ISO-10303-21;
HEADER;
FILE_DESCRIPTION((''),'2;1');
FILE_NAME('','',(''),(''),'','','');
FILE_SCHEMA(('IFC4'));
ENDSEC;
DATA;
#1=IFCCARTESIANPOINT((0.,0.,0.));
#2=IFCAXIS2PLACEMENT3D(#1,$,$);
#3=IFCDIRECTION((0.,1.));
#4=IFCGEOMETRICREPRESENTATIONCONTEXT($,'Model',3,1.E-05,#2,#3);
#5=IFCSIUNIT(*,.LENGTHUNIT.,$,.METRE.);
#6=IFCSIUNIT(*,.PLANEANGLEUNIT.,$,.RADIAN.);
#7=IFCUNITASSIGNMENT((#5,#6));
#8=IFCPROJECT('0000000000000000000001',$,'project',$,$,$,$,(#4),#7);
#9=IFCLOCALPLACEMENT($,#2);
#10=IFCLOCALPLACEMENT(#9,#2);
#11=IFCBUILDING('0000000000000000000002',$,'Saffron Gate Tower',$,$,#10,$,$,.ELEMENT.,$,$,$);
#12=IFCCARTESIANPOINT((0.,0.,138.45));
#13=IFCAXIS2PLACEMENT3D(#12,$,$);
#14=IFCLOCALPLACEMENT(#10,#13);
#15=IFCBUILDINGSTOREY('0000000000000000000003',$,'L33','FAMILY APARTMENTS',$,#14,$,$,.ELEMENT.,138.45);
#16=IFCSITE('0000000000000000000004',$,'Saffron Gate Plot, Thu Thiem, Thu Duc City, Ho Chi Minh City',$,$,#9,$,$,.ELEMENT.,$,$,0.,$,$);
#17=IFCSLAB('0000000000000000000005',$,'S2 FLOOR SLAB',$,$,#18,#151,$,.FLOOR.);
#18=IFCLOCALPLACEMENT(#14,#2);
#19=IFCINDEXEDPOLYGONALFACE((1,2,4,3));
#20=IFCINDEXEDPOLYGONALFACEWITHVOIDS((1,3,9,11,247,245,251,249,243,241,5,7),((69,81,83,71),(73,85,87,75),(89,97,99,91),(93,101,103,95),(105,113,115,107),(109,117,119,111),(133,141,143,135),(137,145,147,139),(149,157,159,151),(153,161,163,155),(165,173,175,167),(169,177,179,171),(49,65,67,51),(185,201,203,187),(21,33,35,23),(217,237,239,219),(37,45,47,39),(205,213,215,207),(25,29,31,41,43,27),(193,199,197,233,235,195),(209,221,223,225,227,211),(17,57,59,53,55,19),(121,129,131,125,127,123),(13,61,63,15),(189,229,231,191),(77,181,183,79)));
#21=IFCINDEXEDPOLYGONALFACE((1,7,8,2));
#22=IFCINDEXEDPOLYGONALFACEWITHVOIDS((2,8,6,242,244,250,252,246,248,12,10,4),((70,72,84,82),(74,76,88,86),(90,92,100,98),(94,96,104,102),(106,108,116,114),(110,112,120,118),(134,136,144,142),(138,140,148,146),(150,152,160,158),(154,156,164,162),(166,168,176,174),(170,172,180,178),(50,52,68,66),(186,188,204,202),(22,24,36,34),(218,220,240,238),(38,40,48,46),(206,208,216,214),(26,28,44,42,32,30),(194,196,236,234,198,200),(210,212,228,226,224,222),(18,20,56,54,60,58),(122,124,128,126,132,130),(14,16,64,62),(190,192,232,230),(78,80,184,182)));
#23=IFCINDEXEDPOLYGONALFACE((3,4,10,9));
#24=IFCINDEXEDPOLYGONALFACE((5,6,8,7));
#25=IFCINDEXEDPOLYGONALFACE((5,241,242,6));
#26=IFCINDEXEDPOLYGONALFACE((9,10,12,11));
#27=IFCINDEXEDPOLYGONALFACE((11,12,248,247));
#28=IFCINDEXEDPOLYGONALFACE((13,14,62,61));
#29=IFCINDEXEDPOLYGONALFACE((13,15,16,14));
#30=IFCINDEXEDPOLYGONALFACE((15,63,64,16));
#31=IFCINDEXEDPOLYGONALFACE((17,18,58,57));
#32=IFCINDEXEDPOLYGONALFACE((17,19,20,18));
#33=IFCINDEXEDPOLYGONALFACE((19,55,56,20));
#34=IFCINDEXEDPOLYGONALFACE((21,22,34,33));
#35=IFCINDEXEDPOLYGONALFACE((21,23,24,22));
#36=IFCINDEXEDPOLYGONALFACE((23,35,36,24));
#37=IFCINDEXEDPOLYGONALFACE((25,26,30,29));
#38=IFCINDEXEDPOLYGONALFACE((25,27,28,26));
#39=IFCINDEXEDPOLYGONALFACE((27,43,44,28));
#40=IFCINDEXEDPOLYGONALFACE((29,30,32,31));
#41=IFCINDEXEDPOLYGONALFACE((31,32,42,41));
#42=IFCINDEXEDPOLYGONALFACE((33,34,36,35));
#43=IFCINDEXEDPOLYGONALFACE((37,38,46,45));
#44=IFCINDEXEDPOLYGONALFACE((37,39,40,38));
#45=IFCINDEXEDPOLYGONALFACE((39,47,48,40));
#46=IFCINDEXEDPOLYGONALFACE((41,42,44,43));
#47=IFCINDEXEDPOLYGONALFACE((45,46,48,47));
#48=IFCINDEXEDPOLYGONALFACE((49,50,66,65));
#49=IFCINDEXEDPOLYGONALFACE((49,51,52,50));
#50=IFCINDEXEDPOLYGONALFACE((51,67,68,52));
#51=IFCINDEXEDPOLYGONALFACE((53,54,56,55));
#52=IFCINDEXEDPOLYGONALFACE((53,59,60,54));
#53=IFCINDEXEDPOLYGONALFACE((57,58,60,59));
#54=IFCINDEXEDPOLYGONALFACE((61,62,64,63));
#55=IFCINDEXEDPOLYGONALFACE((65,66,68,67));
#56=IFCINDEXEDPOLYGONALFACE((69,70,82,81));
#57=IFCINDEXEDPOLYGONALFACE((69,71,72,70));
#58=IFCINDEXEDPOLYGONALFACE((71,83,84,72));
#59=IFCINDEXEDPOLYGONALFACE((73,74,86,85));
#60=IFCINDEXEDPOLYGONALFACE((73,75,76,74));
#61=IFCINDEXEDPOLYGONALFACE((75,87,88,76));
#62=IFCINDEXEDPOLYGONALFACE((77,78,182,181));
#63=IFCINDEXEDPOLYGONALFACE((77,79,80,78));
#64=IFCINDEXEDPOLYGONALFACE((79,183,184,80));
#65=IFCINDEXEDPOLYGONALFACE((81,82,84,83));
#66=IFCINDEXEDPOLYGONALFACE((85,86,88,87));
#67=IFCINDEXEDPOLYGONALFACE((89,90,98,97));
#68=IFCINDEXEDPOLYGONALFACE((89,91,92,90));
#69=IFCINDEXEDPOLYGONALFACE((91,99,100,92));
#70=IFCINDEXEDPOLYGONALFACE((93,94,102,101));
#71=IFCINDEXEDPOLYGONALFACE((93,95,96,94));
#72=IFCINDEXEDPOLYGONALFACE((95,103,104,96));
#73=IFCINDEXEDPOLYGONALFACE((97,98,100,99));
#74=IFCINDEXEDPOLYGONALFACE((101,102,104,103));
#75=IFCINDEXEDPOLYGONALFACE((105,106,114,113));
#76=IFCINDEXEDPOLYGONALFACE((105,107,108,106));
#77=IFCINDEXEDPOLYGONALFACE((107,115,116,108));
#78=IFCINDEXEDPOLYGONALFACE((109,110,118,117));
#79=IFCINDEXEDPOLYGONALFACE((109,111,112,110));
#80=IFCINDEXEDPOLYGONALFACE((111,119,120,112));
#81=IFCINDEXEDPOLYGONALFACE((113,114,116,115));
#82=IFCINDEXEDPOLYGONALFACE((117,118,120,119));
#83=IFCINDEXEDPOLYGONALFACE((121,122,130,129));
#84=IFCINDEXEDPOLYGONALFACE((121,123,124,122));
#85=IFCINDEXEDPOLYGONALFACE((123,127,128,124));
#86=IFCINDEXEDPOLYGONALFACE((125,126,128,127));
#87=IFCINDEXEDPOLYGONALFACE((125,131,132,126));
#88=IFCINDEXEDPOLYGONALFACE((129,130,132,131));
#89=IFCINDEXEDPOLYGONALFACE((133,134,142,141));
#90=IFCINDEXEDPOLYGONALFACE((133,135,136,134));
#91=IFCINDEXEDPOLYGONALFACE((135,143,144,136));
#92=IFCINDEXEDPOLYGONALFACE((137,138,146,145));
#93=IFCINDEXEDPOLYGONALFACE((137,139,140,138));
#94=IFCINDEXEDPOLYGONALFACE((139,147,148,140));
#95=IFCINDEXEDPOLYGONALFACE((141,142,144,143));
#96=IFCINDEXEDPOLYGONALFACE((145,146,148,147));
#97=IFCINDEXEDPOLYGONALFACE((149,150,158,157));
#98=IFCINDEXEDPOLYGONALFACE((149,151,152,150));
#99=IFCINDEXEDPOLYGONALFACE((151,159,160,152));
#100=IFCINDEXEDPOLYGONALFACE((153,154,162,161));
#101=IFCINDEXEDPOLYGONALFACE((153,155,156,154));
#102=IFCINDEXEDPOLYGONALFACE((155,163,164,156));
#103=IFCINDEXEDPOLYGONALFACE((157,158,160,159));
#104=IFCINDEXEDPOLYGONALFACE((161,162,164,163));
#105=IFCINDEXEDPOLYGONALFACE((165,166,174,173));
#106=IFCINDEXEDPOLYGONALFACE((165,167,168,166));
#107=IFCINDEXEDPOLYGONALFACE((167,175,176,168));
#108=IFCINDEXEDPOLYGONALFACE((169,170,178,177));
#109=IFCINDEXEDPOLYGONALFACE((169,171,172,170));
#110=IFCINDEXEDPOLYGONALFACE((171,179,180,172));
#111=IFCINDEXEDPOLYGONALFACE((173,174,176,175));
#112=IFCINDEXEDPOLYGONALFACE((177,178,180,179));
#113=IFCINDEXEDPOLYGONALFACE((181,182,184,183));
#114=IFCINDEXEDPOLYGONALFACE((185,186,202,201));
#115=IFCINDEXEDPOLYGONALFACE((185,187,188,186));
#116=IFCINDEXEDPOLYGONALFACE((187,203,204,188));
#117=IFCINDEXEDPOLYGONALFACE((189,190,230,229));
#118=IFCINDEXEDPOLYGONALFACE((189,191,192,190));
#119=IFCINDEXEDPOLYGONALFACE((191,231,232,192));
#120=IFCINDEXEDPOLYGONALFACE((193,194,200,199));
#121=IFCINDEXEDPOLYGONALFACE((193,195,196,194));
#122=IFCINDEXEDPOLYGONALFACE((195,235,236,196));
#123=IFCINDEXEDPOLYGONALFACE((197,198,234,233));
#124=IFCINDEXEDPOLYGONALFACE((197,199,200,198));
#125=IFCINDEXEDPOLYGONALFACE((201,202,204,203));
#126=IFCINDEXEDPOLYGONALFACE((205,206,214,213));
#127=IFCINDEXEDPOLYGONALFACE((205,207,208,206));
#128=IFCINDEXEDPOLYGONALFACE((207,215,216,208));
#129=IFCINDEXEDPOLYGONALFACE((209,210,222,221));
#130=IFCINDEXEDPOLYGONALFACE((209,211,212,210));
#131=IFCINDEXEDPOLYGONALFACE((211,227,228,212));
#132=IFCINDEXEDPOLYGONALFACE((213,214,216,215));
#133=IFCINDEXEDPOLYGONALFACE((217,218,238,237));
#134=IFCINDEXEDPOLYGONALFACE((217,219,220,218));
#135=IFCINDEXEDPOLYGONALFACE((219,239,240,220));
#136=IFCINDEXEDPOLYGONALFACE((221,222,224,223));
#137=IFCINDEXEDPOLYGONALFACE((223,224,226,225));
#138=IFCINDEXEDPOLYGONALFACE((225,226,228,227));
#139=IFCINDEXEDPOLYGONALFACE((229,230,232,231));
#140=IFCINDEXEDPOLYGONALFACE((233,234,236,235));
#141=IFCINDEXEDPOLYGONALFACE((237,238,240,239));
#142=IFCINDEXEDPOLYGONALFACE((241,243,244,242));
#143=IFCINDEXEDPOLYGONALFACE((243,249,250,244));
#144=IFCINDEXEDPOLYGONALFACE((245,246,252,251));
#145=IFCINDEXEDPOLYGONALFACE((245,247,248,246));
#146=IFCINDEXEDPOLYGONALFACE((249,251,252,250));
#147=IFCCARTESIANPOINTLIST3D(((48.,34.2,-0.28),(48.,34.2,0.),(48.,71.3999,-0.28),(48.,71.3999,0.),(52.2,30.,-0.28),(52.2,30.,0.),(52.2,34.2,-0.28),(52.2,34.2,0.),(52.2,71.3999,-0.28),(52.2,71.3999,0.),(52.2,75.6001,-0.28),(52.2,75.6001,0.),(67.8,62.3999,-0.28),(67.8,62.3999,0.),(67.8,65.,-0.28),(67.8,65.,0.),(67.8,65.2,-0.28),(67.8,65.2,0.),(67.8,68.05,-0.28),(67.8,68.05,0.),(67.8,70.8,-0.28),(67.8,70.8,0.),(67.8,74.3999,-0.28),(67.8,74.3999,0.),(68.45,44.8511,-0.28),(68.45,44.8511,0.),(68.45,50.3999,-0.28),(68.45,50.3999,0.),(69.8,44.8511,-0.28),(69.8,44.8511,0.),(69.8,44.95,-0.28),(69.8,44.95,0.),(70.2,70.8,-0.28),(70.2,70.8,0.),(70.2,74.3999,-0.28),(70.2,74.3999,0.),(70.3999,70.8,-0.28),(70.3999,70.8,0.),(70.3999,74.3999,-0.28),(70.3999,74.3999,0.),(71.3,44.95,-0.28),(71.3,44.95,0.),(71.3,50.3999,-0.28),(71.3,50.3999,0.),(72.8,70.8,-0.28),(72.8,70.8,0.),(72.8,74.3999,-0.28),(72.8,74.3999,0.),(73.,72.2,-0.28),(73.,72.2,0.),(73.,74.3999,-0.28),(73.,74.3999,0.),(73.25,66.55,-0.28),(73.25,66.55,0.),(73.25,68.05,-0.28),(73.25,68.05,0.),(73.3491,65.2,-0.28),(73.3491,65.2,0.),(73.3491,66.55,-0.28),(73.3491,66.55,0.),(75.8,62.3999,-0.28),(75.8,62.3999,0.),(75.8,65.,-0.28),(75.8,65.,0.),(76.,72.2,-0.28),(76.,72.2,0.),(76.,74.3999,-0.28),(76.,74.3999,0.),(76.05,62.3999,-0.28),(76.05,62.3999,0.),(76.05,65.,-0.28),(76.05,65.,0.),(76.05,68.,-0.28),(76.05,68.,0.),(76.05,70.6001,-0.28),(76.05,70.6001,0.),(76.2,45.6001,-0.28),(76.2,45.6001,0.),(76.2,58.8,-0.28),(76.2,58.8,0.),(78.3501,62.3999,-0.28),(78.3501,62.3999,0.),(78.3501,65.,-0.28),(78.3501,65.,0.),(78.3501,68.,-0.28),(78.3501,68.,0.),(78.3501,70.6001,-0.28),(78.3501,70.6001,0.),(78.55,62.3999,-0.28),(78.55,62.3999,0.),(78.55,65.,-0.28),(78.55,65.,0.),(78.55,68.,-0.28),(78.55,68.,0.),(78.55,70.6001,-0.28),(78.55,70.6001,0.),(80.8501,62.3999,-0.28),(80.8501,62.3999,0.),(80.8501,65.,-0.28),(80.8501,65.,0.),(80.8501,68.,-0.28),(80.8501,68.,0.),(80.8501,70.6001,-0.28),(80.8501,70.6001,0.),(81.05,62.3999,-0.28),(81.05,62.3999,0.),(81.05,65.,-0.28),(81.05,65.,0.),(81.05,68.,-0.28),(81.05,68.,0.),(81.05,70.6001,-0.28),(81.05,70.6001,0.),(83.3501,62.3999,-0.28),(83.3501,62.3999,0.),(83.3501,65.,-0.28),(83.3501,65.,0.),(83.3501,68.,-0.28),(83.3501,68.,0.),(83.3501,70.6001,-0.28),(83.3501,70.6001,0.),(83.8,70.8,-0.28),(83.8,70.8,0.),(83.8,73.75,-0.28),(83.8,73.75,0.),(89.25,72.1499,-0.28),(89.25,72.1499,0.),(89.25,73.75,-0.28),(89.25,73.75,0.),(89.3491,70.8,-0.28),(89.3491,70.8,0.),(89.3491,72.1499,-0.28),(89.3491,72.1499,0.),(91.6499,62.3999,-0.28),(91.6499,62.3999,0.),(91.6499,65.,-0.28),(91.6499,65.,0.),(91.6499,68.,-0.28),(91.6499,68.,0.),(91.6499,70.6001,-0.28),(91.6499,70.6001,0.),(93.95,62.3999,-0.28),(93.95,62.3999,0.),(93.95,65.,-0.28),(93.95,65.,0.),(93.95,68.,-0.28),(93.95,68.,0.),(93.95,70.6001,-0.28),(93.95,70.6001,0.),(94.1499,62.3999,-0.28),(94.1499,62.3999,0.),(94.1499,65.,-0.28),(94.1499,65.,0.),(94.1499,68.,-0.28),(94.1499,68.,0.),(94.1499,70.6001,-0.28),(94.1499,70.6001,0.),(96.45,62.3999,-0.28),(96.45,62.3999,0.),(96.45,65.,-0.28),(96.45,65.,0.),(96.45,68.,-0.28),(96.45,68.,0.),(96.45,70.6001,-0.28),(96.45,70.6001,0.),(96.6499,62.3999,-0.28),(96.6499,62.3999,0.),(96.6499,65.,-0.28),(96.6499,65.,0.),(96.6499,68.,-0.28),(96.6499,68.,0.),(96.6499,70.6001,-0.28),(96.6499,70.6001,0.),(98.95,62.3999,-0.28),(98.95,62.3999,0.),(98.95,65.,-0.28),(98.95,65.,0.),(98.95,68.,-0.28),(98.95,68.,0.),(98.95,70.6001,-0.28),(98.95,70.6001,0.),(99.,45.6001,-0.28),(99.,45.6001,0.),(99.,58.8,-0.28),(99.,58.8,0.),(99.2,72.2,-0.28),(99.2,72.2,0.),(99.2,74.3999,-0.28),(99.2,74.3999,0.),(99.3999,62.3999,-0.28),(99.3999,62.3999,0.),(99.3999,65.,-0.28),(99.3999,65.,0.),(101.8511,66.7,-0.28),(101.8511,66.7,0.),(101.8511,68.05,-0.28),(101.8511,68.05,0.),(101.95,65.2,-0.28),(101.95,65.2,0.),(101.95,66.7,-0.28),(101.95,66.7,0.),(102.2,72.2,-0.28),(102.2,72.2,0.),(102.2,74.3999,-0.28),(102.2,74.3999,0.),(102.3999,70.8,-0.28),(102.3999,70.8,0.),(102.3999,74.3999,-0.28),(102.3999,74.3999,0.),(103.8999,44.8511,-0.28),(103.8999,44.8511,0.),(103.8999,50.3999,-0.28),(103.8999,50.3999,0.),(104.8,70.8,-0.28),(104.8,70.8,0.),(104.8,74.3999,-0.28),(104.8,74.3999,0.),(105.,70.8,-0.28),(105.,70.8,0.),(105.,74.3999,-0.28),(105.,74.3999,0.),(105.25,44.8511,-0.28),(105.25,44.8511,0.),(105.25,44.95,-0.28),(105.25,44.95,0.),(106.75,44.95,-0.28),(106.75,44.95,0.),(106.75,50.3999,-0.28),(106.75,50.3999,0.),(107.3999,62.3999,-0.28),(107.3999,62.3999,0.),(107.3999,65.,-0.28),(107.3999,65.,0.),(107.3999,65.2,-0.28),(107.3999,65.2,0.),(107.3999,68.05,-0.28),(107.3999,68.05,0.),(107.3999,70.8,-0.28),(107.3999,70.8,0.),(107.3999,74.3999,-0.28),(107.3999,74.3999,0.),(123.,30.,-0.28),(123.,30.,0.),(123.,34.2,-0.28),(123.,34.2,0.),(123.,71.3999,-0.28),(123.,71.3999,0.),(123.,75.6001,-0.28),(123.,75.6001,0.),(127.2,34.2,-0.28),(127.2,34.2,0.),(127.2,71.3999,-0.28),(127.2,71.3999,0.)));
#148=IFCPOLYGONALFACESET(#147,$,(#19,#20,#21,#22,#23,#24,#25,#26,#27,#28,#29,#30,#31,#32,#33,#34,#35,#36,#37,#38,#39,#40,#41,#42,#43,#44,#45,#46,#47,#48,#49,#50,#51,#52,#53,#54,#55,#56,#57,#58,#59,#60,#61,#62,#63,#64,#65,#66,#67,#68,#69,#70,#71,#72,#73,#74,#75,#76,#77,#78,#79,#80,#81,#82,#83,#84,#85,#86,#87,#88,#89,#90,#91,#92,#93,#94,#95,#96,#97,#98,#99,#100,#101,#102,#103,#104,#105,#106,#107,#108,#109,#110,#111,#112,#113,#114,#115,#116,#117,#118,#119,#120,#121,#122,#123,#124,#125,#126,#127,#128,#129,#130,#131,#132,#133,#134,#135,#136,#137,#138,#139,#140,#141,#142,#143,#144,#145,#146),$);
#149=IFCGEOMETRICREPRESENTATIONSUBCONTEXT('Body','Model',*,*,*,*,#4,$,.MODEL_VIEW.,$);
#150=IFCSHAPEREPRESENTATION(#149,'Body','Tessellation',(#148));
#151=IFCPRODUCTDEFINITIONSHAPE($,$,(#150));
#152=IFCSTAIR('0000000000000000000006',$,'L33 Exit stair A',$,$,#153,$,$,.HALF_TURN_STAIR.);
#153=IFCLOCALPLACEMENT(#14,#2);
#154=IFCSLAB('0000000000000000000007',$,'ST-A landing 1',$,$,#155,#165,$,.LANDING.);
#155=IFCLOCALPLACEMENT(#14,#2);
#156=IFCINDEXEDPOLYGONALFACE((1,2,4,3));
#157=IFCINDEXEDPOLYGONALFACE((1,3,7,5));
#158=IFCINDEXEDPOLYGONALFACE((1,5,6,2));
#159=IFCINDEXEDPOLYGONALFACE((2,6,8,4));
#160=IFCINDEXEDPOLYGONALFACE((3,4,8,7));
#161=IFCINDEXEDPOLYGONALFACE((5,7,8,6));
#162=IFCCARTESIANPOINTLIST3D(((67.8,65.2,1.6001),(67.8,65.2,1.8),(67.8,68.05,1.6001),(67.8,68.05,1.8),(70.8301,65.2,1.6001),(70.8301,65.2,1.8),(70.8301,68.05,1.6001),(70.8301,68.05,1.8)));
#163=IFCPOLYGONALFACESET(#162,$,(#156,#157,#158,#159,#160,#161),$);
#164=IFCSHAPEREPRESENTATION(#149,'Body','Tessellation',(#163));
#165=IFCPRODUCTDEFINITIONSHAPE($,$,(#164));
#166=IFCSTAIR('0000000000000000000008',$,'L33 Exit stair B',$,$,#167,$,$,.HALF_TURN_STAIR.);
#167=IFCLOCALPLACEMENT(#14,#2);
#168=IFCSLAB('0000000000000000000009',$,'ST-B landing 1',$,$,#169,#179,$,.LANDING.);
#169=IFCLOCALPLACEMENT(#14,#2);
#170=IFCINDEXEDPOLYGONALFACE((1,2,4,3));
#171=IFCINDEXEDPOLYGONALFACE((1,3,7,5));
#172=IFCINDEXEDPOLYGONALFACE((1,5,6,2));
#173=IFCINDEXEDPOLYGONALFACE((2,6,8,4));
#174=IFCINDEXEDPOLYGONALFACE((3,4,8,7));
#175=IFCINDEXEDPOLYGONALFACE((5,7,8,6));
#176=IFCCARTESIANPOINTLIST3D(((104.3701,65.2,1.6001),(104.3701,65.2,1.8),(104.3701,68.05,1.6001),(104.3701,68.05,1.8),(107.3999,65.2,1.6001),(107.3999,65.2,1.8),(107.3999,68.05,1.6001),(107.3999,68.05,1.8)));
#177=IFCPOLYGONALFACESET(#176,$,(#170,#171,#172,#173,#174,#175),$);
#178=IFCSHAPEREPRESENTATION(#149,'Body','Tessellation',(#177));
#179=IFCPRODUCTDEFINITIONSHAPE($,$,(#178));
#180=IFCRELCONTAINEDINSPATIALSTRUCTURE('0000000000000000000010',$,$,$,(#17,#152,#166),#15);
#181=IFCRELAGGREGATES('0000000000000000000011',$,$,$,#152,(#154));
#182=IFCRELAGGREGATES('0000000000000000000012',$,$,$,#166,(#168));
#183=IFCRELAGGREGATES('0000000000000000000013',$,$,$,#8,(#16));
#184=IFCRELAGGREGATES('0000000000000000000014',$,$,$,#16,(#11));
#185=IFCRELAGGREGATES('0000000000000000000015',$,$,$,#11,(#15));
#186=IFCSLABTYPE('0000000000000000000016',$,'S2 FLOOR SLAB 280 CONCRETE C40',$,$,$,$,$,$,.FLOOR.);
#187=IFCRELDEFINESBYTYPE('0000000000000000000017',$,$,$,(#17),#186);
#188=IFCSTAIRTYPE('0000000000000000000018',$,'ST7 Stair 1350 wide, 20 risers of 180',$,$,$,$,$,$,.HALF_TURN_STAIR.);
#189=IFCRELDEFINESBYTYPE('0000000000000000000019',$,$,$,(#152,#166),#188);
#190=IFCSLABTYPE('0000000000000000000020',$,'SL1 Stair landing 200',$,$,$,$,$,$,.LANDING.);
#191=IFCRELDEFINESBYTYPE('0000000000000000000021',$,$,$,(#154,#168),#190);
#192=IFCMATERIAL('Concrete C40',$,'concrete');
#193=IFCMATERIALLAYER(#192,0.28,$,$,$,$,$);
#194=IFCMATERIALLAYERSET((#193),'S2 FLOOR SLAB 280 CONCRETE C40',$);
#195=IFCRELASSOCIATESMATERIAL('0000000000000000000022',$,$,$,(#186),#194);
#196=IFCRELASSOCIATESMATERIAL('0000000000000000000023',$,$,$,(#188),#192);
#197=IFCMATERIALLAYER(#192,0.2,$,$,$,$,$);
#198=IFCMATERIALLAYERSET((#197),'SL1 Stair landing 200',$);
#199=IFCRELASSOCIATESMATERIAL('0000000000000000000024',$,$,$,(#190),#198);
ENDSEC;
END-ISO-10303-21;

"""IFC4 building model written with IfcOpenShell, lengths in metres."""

from ifc_helpers import new_model, si_unit, direction, frame, origin, place, context, subcontext, project, spatial, polyline, outline, extrude, material, layer, layer_set, type_object, element, aggregate, save


model = new_model("IFC4")

# Units and contexts
model_context = context("Model", 3, precision=1e-05, world=origin(), true_north=direction((0.0, 1.0)))
body_context = subcontext(model_context, "Body", "Model", "MODEL_VIEW")
ifc_project = project(units=[si_unit("LENGTHUNIT", "METRE"), si_unit("PLANEANGLEUNIT", "RADIAN")], contexts=[model_context])

# Site, building, storey
site_placement = place(None, origin())
site = spatial("IfcSite", under=ifc_project, at=site_placement, Name="Saffron Gate Plot, Thu Thiem, Thu Duc City, Ho Chi Minh City", CompositionType="ELEMENT", RefElevation=0.0)
building_placement = place(site_placement, origin())
building = spatial("IfcBuilding", under=site, at=building_placement, Name="Saffron Gate Tower", CompositionType="ELEMENT")
storey_placement = place(building_placement, frame((0.0, 0.0, 138.45)))
storey = spatial("IfcBuildingStorey", under=building, at=storey_placement, Name="L33", Description="FAMILY APARTMENTS", CompositionType="ELEMENT", Elevation=138.45)

# Slab
ifc_material_1 = material(Name="Concrete C40", Category="concrete")
ifc_layer_1 = layer(ifc_material_1, 0.28)
ifc_layer_set_1 = layer_set([ifc_layer_1], Name="S2 FLOOR SLAB 280 CONCRETE C40")
slab_type_1 = type_object("IfcSlabType", Name="S2 FLOOR SLAB 280 CONCRETE C40", PredefinedType="FLOOR", material=ifc_layer_set_1)
slab_1_placement = place(storey_placement, frame((0.0, 0.0, -0.28)))
element("IfcSlab", 1, at=slab_1_placement, inside=storey, type_object=slab_type_1, Name="S2 FLOOR SLAB", PredefinedType="FLOOR", context=body_context, shape_type="SweptSolid", body=[
    extrude(outline(polyline([(48.0, 34.2), (52.2, 34.2), (52.2, 30.0), (123.0, 30.0), (123.0, 34.2), (127.2, 34.2), (127.2, 71.3999), (123.0, 71.3999), (123.0, 75.6001), (52.2, 75.6001), (52.2, 71.3999), (48.0, 71.3999), (48.0, 34.2)]), holes=[polyline([(67.8, 62.3999), (67.8, 65.0), (75.8, 65.0), (75.8, 62.3999), (67.8, 62.3999)]), polyline([(67.8, 65.2), (67.8, 68.05), (73.25, 68.05), (73.25, 66.55), (73.3491, 66.55), (73.3491, 65.2), (67.8, 65.2)]), polyline([(67.8, 70.8), (67.8, 74.3999), (70.2, 74.3999), (70.2, 70.8), (67.8, 70.8)]), polyline([(68.45, 44.8511), (68.45, 50.3999), (71.3, 50.3999), (71.3, 44.95), (69.8, 44.95), (69.8, 44.8511), (68.45, 44.8511)]), polyline([(70.3999, 70.8), (70.3999, 74.3999), (72.8, 74.3999), (72.8, 70.8), (70.3999, 70.8)]), polyline([(73.0, 72.2), (73.0, 74.3999), (76.0, 74.3999), (76.0, 72.2), (73.0, 72.2)]), polyline([(76.05, 62.3999), (76.05, 65.0), (78.3501, 65.0), (78.3501, 62.3999), (76.05, 62.3999)]), polyline([(76.05, 68.0), (76.05, 70.6001), (78.3501, 70.6001), (78.3501, 68.0), (76.05, 68.0)]), polyline([(76.2, 45.6001), (76.2, 58.8), (99.0, 58.8), (99.0, 45.6001), (76.2, 45.6001)]), polyline([(78.55, 62.3999), (78.55, 65.0), (80.8501, 65.0), (80.8501, 62.3999), (78.55, 62.3999)]), polyline([(78.55, 68.0), (78.55, 70.6001), (80.8501, 70.6001), (80.8501, 68.0), (78.55, 68.0)]), polyline([(81.05, 62.3999), (81.05, 65.0), (83.3501, 65.0), (83.3501, 62.3999), (81.05, 62.3999)]), polyline([(81.05, 68.0), (81.05, 70.6001), (83.3501, 70.6001), (83.3501, 68.0), (81.05, 68.0)]), polyline([(83.8, 70.8), (83.8, 73.75), (89.25, 73.75), (89.25, 72.1499), (89.3491, 72.1499), (89.3491, 70.8), (83.8, 70.8)]), polyline([(91.6499, 62.3999), (91.6499, 65.0), (93.95, 65.0), (93.95, 62.3999), (91.6499, 62.3999)]), polyline([(91.6499, 68.0), (91.6499, 70.6001), (93.95, 70.6001), (93.95, 68.0), (91.6499, 68.0)]), polyline([(94.1499, 62.3999), (94.1499, 65.0), (96.45, 65.0), (96.45, 62.3999), (94.1499, 62.3999)]), polyline([(94.1499, 68.0), (94.1499, 70.6001), (96.45, 70.6001), (96.45, 68.0), (94.1499, 68.0)]), polyline([(96.6499, 62.3999), (96.6499, 65.0), (98.95, 65.0), (98.95, 62.3999), (96.6499, 62.3999)]), polyline([(96.6499, 68.0), (96.6499, 70.6001), (98.95, 70.6001), (98.95, 68.0), (96.6499, 68.0)]), polyline([(99.2, 72.2), (99.2, 74.3999), (102.2, 74.3999), (102.2, 72.2), (99.2, 72.2)]), polyline([(99.3999, 62.3999), (99.3999, 65.0), (107.3999, 65.0), (107.3999, 62.3999), (99.3999, 62.3999)]), polyline([(101.8511, 66.7), (101.8511, 68.05), (107.3999, 68.05), (107.3999, 65.2), (101.95, 65.2), (101.95, 66.7), (101.8511, 66.7)]), polyline([(102.3999, 70.8), (102.3999, 74.3999), (104.8, 74.3999), (104.8, 70.8), (102.3999, 70.8)]), polyline([(103.8999, 44.8511), (103.8999, 50.3999), (106.75, 50.3999), (106.75, 44.95), (105.25, 44.95), (105.25, 44.8511), (103.8999, 44.8511)]), polyline([(105.0, 70.8), (105.0, 74.3999), (107.3999, 74.3999), (107.3999, 70.8), (105.0, 70.8)])]), origin(), (0.0, 0.0, 1.0), 0.28),
])

# Stairs, slabs
stair_type = type_object("IfcStairType", Name="ST7 Stair 1350 wide, 20 risers of 180", PredefinedType="HALF_TURN_STAIR", material=ifc_material_1)
stair_1_placement = place(storey_placement, origin())
stair_1 = element("IfcStair", 2, at=stair_1_placement, inside=storey, type_object=stair_type, Name="L33 Exit stair A", PredefinedType="HALF_TURN_STAIR")
ifc_layer_2 = layer(ifc_material_1, 0.2)
ifc_layer_set_2 = layer_set([ifc_layer_2], Name="SL1 Stair landing 200")
slab_type_2 = type_object("IfcSlabType", Name="SL1 Stair landing 200", PredefinedType="LANDING", material=ifc_layer_set_2)
slab_2_placement = place(storey_placement, frame((0.0, 0.0, 1.6001)))
slab_2 = element("IfcSlab", 3, at=slab_2_placement, type_object=slab_type_2, Name="ST-A landing 1", PredefinedType="LANDING", context=body_context, shape_type="SweptSolid", body=[
    extrude(outline(polyline([(70.8301, 68.05), (67.8, 68.05), (67.8, 65.2), (70.8301, 65.2), (70.8301, 68.05)])), origin(), (0.0, 0.0, 1.0), 0.2),
])
aggregate(stair_1, [slab_2])
stair_2_placement = place(storey_placement, origin())
stair_2 = element("IfcStair", 4, at=stair_2_placement, inside=storey, type_object=stair_type, Name="L33 Exit stair B", PredefinedType="HALF_TURN_STAIR")
slab_3_placement = place(storey_placement, frame((0.0, 0.0, 1.6001)))
slab_3 = element("IfcSlab", 5, at=slab_3_placement, type_object=slab_type_2, Name="ST-B landing 1", PredefinedType="LANDING", context=body_context, shape_type="SweptSolid", body=[
    extrude(outline(polyline([(104.3701, 65.2), (107.3999, 65.2), (107.3999, 68.05), (104.3701, 68.05), (104.3701, 65.2)])), origin(), (0.0, 0.0, 1.0), 0.2),
])
aggregate(stair_2, [slab_3])

save(model, "model.ifc")
